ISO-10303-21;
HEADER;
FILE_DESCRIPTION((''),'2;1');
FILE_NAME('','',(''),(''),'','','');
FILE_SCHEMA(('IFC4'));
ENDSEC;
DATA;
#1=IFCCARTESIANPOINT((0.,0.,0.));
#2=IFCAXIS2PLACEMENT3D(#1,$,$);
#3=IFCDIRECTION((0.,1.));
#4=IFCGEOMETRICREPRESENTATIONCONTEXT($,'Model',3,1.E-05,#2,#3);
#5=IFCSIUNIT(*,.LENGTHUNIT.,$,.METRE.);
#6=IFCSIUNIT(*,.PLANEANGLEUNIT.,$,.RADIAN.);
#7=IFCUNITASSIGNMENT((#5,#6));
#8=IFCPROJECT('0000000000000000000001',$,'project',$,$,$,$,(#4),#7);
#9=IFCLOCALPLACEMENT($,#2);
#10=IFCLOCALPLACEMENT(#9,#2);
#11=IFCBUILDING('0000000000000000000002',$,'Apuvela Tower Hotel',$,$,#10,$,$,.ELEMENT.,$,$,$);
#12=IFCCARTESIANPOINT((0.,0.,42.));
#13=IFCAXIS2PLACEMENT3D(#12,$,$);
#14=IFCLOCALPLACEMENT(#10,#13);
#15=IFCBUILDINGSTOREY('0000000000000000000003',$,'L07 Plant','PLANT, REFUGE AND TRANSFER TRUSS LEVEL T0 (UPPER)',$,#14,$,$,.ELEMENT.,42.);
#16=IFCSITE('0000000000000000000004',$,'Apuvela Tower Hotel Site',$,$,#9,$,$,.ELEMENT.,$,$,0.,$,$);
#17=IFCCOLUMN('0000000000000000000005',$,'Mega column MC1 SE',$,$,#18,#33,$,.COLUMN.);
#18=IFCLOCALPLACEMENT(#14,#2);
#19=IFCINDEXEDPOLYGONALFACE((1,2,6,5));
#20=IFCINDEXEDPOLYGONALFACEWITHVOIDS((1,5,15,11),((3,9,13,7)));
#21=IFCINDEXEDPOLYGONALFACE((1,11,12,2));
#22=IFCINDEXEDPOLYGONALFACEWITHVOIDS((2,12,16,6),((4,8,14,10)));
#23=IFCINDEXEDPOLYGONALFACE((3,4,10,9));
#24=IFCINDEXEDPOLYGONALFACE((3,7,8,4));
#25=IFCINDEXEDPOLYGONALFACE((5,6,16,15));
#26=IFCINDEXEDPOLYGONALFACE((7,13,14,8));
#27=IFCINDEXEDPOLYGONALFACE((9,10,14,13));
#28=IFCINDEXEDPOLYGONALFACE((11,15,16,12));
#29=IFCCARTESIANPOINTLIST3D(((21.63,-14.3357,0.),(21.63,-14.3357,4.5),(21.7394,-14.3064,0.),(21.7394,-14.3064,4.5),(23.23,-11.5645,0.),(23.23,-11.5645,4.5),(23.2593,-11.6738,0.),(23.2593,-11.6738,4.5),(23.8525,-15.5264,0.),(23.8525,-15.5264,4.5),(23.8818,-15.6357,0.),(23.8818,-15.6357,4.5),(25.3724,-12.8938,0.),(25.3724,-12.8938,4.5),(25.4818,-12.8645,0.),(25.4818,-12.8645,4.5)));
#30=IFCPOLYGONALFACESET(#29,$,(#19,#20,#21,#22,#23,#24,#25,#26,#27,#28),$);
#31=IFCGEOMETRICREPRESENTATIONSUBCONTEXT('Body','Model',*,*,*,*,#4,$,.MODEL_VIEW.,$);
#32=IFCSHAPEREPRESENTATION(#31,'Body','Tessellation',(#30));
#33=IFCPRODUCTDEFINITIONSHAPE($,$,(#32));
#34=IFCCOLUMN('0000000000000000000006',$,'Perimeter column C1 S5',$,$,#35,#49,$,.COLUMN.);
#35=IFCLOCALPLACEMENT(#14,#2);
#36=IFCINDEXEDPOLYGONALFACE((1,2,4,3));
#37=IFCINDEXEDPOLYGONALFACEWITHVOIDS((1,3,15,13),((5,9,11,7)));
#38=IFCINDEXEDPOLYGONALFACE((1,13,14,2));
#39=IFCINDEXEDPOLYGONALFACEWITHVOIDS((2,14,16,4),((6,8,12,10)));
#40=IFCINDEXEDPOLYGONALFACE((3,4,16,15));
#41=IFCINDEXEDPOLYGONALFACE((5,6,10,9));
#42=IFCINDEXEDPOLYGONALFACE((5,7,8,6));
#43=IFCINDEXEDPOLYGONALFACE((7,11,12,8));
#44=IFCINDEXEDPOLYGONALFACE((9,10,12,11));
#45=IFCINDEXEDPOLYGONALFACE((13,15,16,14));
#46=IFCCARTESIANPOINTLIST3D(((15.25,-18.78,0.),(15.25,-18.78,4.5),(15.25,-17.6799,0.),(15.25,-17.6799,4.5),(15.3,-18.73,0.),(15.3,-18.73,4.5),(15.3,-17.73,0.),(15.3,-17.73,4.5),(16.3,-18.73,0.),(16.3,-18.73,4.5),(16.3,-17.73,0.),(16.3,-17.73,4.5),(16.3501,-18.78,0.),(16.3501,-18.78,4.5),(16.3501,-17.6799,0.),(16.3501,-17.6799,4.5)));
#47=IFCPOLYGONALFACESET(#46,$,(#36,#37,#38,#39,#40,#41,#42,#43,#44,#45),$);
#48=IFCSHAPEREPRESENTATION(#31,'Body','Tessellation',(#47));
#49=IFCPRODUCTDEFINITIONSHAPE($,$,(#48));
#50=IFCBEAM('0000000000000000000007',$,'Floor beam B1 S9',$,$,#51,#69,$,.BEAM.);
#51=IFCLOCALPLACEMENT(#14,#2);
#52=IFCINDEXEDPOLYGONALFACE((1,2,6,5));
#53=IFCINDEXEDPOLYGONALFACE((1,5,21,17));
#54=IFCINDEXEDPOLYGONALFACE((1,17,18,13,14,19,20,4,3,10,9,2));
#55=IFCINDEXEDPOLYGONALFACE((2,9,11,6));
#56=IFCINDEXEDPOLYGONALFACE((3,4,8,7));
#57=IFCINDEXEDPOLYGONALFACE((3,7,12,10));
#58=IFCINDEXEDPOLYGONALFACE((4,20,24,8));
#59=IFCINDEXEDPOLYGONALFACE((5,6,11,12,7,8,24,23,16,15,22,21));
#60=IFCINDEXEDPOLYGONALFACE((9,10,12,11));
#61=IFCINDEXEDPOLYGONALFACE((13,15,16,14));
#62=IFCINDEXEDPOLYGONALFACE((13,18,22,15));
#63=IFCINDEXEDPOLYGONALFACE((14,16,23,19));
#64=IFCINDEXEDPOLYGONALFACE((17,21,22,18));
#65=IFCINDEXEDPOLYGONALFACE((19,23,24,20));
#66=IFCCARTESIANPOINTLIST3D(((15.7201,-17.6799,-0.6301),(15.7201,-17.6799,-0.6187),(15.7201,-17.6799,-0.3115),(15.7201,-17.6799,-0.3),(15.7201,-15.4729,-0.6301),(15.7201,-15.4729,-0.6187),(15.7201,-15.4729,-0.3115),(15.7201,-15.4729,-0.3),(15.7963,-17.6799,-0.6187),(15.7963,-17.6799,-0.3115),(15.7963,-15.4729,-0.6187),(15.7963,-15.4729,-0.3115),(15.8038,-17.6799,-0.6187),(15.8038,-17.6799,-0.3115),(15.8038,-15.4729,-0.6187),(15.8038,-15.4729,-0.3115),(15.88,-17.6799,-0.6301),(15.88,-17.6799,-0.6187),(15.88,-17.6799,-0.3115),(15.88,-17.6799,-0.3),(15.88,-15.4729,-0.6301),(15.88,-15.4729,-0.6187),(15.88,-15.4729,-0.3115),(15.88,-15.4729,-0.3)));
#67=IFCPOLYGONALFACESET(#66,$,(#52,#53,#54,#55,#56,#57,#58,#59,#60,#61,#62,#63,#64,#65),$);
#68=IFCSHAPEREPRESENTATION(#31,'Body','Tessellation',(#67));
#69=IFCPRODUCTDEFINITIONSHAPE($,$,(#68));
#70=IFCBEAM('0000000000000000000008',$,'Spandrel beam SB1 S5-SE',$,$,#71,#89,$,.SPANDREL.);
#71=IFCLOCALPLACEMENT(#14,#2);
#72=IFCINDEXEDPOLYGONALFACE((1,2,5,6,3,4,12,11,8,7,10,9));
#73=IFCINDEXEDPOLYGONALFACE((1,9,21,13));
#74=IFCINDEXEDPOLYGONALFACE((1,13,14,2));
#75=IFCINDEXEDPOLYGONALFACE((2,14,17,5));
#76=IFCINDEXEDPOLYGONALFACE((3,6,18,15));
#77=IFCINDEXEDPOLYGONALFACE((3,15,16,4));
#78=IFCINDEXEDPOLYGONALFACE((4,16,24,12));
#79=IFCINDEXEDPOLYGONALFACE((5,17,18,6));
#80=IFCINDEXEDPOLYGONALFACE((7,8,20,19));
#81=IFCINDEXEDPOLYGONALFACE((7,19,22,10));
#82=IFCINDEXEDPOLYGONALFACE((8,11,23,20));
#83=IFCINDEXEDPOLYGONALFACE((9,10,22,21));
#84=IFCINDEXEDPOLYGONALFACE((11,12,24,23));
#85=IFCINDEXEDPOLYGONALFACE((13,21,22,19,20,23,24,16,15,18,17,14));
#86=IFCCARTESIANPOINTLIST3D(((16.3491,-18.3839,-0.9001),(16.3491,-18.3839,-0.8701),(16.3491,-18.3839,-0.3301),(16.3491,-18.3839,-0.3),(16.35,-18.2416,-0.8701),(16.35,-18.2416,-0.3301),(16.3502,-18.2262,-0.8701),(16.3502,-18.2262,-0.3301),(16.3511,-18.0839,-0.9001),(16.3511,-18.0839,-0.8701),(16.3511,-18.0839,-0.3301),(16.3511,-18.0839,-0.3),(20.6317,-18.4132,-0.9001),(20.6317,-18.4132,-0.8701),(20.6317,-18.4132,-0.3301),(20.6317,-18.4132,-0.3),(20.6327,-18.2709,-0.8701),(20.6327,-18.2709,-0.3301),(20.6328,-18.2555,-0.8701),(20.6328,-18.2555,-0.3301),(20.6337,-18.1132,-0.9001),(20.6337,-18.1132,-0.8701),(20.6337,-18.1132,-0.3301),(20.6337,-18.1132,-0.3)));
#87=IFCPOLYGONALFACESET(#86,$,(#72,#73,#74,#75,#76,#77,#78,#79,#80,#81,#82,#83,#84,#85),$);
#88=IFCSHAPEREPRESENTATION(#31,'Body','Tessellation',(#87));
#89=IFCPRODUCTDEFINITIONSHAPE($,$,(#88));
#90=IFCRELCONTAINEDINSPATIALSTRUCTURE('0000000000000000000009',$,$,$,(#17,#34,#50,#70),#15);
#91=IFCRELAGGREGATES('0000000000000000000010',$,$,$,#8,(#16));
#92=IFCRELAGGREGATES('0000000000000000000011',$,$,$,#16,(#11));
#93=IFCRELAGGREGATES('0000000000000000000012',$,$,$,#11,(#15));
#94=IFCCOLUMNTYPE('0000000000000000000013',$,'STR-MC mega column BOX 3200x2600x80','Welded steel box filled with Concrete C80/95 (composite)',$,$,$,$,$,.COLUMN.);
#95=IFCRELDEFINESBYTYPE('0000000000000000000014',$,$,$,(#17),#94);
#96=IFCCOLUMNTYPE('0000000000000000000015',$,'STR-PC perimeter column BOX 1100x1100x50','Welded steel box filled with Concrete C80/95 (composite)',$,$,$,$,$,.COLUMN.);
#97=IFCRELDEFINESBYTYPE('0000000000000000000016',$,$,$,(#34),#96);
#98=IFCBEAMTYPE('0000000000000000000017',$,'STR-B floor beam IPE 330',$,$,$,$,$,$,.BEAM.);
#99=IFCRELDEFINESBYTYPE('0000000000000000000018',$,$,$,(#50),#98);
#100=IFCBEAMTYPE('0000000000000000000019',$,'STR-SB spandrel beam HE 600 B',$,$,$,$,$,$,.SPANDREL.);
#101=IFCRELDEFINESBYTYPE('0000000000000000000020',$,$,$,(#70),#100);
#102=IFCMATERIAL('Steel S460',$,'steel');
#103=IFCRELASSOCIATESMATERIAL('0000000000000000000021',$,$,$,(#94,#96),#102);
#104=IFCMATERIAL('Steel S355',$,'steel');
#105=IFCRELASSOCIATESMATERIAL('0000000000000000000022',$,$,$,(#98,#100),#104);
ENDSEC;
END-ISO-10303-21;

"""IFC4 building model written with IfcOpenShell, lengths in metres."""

from ifc_helpers import new_model, si_unit, direction, frame, origin, origin_2d, place, context, subcontext, project, spatial, rectangle, hollow_rectangle, i_section, extrude, material, material_profile, profile_set, type_object, element, save


model = new_model("IFC4")

# Units and contexts
model_context = context("Model", 3, precision=1e-05, world=origin(), true_north=direction((0.0, 1.0)))
body_context = subcontext(model_context, "Body", "Model", "MODEL_VIEW")
ifc_project = project(units=[si_unit("LENGTHUNIT", "METRE"), si_unit("PLANEANGLEUNIT", "RADIAN")], contexts=[model_context])

# Site, building, storey
site_placement = place(None, origin())
site = spatial("IfcSite", under=ifc_project, at=site_placement, Name="Apuvela Tower Hotel Site", CompositionType="ELEMENT", RefElevation=0.0)
building_placement = place(site_placement, origin())
building = spatial("IfcBuilding", under=site, at=building_placement, Name="Apuvela Tower Hotel", CompositionType="ELEMENT")
storey_placement = place(building_placement, frame((0.0, 0.0, 42.0)))
storey = spatial("IfcBuildingStorey", under=building, at=storey_placement, Name="L07 Plant", Description="PLANT, REFUGE AND TRANSFER TRUSS LEVEL T0 (UPPER)", CompositionType="ELEMENT", Elevation=42.0)

# Columns
ifc_material_1 = material(Name="Steel S460", Category="steel")
ifc_material_profile_1 = material_profile(ifc_material_1, hollow_rectangle(XDim=3.2, YDim=2.6001, WallThickness=0.0801, at=origin_2d()), Name="BOX 3200x2600x80")
ifc_material_2 = material(Name="Concrete C80/95", Category="concrete")
ifc_material_profile_2 = material_profile(ifc_material_2, rectangle(XDim=3.04, YDim=2.4399, at=origin_2d()), Name="Concrete C80/95 infill")
ifc_profile_set_1 = profile_set([ifc_material_profile_1, ifc_material_profile_2], Name="Steel S460")
column_type_1 = type_object("IfcColumnType", Name="STR-MC mega column BOX 3200x2600x80", Description="Welded steel box filled with Concrete C80/95 (composite)", PredefinedType="COLUMN", material=ifc_profile_set_1)
column_1_placement = place(storey_placement, frame((23.5559, -13.6001, 0.0), z_axis=(0.0, 0.0, 1.0), x_axis=(0.5, 0.866025, 0.0)))
element("IfcColumn", 1, at=column_1_placement, inside=storey, type_object=column_type_1, Name="Mega column MC1 SE", PredefinedType="COLUMN", context=body_context, shape_type="SweptSolid", body=[
    extrude(hollow_rectangle(XDim=3.2, YDim=2.6001, WallThickness=0.0801, at=origin_2d()), origin(), (0.0, 0.0, 1.0), 4.5),
])
ifc_material_profile_3 = material_profile(ifc_material_1, hollow_rectangle(XDim=1.1001, YDim=1.1001, WallThickness=0.05, at=origin_2d()), Name="BOX 1100x1100x50")
ifc_material_profile_4 = material_profile(ifc_material_2, rectangle(XDim=1.0, YDim=1.0, at=origin_2d()), Name="Concrete C80/95 infill")
ifc_profile_set_2 = profile_set([ifc_material_profile_3, ifc_material_profile_4], Name="Steel S460")
column_type_2 = type_object("IfcColumnType", Name="STR-PC perimeter column BOX 1100x1100x50", Description="Welded steel box filled with Concrete C80/95 (composite)", PredefinedType="COLUMN", material=ifc_profile_set_2)
column_2_placement = place(storey_placement, frame((15.8, -18.23, 0.0), z_axis=(0.0, 0.0, 1.0), x_axis=(-1.0, 0.0, 0.0)))
element("IfcColumn", 2, at=column_2_placement, inside=storey, type_object=column_type_2, Name="Perimeter column C1 S5", PredefinedType="COLUMN", context=body_context, shape_type="SweptSolid", body=[
    extrude(hollow_rectangle(XDim=1.1001, YDim=1.1001, WallThickness=0.05, at=origin_2d()), origin(), (0.0, 0.0, 1.0), 4.5),
])

# Beams
ifc_material_3 = material(Name="Steel S355", Category="steel")
ifc_material_profile_5 = material_profile(ifc_material_3, i_section(OverallWidth=0.1599, OverallDepth=0.3301, WebThickness=0.0076, FlangeThickness=0.0115, at=origin_2d()), Name="IPE 330")
ifc_profile_set_3 = profile_set([ifc_material_profile_5], Name="Steel S355")
beam_type_1 = type_object("IfcBeamType", Name="STR-B floor beam IPE 330", PredefinedType="BEAM", material=ifc_profile_set_3)
beam_1_placement = place(storey_placement, frame((15.8, -17.6799, -0.4651), z_axis=(0.0, 1.0, 0.0), x_axis=(-1.0, 0.0, 0.0)))
element("IfcBeam", 3, at=beam_1_placement, inside=storey, type_object=beam_type_1, Name="Floor beam B1 S9", PredefinedType="BEAM", context=body_context, shape_type="SweptSolid", body=[
    extrude(i_section(OverallWidth=0.1599, OverallDepth=0.3301, WebThickness=0.0076, FlangeThickness=0.0115, at=origin_2d()), origin(), (0.0, 0.0, 1.0), 2.207),
])
ifc_material_profile_6 = material_profile(ifc_material_3, i_section(OverallWidth=0.3, OverallDepth=0.6001, WebThickness=0.0154, FlangeThickness=0.03, at=origin_2d()), Name="HE 600 B")
ifc_profile_set_4 = profile_set([ifc_material_profile_6], Name="Steel S355")
beam_type_2 = type_object("IfcBeamType", Name="STR-SB spandrel beam HE 600 B", PredefinedType="SPANDREL", material=ifc_profile_set_4)
beam_2_placement = place(storey_placement, frame((16.3501, -18.2339, -0.6001), z_axis=(0.999977, -0.006841, 0.0), x_axis=(0.006841, 0.999977, 0.0)))
element("IfcBeam", 4, at=beam_2_placement, inside=storey, type_object=beam_type_2, Name="Spandrel beam SB1 S5-SE", PredefinedType="SPANDREL", context=body_context, shape_type="SweptSolid", body=[
    extrude(i_section(OverallWidth=0.3, OverallDepth=0.6001, WebThickness=0.0154, FlangeThickness=0.03, at=origin_2d()), origin(), (0.0, 0.0, 1.0), 4.2827),
])

save(model, "model.ifc")
